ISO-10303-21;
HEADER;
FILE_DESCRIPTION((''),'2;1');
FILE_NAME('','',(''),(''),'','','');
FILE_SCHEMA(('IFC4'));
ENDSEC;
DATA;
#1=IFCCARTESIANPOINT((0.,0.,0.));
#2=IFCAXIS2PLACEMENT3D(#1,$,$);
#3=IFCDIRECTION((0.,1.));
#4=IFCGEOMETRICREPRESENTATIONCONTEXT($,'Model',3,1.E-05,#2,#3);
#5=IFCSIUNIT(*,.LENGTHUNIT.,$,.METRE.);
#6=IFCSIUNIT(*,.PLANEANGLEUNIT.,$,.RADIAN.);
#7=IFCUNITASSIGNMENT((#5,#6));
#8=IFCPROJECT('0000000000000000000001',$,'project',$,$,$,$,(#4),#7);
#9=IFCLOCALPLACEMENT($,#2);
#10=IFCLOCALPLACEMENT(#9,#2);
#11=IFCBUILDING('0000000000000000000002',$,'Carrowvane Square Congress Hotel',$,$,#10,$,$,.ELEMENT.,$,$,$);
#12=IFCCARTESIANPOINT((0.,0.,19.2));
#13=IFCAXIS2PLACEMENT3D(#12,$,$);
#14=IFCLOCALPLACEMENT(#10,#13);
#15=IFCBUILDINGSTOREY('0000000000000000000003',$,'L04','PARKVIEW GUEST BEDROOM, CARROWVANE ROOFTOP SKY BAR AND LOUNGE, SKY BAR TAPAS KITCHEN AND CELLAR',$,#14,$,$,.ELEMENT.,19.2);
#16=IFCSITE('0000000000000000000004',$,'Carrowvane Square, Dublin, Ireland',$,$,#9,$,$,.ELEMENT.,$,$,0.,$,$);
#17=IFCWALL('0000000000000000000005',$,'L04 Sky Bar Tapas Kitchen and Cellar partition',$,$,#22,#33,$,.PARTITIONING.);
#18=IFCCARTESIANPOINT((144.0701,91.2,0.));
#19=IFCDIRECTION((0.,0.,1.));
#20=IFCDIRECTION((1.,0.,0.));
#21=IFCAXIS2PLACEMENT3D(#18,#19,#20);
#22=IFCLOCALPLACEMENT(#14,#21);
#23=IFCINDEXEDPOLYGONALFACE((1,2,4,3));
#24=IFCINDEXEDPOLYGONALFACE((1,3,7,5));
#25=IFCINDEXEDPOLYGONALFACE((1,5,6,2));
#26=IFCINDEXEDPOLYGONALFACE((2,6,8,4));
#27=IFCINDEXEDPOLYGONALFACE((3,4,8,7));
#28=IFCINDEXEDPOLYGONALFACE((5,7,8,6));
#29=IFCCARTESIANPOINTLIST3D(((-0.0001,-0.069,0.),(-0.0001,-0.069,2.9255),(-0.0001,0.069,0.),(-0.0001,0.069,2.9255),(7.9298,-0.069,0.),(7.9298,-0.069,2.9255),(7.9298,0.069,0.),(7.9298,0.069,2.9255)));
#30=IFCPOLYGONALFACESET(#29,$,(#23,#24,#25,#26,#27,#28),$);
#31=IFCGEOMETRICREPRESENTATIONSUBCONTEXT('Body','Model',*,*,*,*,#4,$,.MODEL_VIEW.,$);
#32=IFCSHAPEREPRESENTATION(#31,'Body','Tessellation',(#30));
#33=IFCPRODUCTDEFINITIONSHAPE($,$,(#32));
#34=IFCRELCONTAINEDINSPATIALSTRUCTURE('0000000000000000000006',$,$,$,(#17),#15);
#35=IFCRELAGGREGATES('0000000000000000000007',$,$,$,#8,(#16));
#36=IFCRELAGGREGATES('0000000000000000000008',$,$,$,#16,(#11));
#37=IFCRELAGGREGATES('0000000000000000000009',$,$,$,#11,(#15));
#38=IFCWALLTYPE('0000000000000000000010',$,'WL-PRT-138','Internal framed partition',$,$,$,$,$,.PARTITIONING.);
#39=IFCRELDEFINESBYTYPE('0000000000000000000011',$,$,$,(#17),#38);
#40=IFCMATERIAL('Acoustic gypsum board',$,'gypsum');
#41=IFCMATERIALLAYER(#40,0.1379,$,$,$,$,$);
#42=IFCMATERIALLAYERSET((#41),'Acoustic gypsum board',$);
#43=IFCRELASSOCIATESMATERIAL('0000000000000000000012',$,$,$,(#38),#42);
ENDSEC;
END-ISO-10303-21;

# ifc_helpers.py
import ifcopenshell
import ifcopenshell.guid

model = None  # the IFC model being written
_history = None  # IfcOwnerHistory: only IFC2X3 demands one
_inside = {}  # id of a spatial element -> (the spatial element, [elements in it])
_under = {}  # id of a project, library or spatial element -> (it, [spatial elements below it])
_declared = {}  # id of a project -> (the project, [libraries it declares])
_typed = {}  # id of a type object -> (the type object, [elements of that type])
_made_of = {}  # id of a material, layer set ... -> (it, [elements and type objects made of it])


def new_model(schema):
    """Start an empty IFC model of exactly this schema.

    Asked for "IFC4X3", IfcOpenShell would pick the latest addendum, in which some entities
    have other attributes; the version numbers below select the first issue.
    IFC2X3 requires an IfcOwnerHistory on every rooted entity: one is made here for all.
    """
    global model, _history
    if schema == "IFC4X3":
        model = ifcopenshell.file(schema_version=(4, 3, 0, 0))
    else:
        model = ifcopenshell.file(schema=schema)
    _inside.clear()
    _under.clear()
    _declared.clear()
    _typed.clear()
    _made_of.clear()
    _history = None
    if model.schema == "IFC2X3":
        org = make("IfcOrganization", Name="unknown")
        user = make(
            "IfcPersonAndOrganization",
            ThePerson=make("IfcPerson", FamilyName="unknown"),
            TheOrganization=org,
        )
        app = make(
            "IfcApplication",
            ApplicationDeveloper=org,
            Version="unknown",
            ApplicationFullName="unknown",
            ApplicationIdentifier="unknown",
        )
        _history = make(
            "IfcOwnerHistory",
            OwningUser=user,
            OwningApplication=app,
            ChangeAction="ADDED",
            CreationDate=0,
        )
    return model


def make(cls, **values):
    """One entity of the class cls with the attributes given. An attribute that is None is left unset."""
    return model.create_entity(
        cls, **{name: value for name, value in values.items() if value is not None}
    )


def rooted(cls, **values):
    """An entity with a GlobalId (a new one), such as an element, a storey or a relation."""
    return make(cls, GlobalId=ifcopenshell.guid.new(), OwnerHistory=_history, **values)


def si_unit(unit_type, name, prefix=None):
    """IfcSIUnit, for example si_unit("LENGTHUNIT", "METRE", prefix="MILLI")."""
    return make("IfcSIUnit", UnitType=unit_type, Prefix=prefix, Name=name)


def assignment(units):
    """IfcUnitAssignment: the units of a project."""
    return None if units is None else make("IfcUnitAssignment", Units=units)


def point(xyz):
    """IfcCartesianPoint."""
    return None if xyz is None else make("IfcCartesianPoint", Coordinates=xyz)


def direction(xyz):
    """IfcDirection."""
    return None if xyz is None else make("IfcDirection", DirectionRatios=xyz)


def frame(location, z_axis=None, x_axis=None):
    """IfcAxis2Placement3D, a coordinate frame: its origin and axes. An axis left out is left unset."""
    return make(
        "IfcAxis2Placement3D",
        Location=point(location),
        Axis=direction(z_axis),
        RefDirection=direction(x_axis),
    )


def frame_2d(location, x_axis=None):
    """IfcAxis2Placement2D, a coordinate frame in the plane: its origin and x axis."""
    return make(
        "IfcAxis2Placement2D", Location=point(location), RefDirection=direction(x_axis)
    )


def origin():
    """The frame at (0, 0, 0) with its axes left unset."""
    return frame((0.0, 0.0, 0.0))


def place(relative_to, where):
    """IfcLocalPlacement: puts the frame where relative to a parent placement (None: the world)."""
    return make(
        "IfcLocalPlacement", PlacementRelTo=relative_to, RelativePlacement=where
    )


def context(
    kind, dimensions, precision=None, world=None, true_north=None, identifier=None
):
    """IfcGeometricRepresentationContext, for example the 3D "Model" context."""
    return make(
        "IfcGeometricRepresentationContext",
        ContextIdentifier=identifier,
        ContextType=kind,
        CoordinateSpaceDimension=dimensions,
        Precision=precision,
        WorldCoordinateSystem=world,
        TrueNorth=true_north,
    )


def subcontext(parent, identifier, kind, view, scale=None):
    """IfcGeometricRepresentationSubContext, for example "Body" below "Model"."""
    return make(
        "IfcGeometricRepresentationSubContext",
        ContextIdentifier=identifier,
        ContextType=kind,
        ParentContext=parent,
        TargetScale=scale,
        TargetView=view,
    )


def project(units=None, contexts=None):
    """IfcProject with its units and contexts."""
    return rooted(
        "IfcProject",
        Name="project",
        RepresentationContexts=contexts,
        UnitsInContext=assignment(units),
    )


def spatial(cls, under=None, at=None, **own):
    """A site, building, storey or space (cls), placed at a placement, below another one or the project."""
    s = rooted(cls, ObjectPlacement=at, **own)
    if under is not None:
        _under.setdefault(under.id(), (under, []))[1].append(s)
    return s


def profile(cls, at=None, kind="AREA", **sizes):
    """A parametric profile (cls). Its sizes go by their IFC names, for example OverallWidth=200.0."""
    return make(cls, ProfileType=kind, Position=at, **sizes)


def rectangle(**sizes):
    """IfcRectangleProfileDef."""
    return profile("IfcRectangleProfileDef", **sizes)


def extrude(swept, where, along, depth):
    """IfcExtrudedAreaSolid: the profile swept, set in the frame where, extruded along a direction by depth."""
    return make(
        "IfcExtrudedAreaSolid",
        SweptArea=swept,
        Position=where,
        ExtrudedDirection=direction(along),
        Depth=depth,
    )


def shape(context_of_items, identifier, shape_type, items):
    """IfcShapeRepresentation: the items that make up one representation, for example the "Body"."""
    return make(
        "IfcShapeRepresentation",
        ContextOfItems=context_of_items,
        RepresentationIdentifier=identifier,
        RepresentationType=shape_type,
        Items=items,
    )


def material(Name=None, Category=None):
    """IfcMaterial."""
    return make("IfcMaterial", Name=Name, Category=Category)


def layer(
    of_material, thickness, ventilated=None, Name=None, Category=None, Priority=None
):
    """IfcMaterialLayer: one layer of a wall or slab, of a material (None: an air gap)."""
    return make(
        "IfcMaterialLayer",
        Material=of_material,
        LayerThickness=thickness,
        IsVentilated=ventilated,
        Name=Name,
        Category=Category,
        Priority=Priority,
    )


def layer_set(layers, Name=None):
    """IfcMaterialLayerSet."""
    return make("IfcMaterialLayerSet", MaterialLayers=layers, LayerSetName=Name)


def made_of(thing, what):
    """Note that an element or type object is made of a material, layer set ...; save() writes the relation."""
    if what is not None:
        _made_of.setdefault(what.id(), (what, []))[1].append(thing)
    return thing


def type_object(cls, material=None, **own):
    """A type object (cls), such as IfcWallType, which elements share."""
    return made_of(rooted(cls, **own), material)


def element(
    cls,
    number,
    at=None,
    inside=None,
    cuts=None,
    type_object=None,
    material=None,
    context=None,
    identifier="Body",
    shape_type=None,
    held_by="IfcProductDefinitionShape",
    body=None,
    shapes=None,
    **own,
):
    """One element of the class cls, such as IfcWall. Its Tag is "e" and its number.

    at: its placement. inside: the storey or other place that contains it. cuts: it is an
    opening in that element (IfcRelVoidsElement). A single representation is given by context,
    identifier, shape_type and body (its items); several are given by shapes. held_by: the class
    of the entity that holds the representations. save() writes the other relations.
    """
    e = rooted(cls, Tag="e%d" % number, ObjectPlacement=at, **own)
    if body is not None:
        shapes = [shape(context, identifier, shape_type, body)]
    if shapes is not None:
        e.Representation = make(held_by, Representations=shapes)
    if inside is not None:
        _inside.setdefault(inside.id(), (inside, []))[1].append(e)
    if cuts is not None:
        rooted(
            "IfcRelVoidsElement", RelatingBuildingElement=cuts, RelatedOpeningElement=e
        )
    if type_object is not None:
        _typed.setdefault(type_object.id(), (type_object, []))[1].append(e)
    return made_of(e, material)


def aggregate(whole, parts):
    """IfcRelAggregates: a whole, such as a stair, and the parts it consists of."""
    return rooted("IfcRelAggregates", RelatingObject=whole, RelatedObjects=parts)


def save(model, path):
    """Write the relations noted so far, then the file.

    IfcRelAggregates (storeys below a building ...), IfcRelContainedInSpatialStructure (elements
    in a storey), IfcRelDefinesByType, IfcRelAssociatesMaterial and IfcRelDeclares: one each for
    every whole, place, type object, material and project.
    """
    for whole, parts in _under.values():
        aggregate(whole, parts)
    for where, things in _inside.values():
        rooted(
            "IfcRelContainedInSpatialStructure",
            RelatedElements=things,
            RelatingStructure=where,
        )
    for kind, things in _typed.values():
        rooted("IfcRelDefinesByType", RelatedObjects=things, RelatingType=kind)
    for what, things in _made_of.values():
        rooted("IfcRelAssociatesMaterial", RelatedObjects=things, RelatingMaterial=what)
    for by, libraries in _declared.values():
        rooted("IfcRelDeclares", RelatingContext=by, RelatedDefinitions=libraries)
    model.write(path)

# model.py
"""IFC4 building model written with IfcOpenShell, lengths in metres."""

from ifc_helpers import new_model, si_unit, direction, frame, frame_2d, origin, place, context, subcontext, project, spatial, rectangle, extrude, material, layer, layer_set, type_object, element, save


model = new_model("IFC4")

# Units and contexts
model_context = context("Model", 3, precision=1e-05, world=origin(), true_north=direction((0.0, 1.0)))
body_context = subcontext(model_context, "Body", "Model", "MODEL_VIEW")
ifc_project = project(units=[si_unit("LENGTHUNIT", "METRE"), si_unit("PLANEANGLEUNIT", "RADIAN")], contexts=[model_context])

# Site, building, storey
site_placement = place(None, origin())
site = spatial("IfcSite", under=ifc_project, at=site_placement, Name="Carrowvane Square, Dublin, Ireland", CompositionType="ELEMENT", RefElevation=0.0)
building_placement = place(site_placement, origin())
building = spatial("IfcBuilding", under=site, at=building_placement, Name="Carrowvane Square Congress Hotel", CompositionType="ELEMENT")
storey_placement = place(building_placement, frame((0.0, 0.0, 19.2)))
storey = spatial("IfcBuildingStorey", under=building, at=storey_placement, Name="L04", Description="PARKVIEW GUEST BEDROOM, CARROWVANE ROOFTOP SKY BAR AND LOUNGE, SKY BAR TAPAS KITCHEN AND CELLAR", CompositionType="ELEMENT", Elevation=19.2)

# Wall
ifc_material_1 = material(Name="Acoustic gypsum board", Category="gypsum")
ifc_layer_1 = layer(ifc_material_1, 0.1379)
ifc_layer_set_1 = layer_set([ifc_layer_1], Name="Acoustic gypsum board")
wall_type_1 = type_object("IfcWallType", Name="WL-PRT-138", Description="Internal framed partition", PredefinedType="PARTITIONING", material=ifc_layer_set_1)
wall_1_placement = place(storey_placement, frame((144.0701, 91.2, 0.0), z_axis=(0.0, 0.0, 1.0), x_axis=(1.0, 0.0, 0.0)))
element("IfcWall", 1, at=wall_1_placement, inside=storey, type_object=wall_type_1, Name="L04 Sky Bar Tapas Kitchen and Cellar partition", PredefinedType="PARTITIONING", context=body_context, shape_type="SweptSolid", body=[
    extrude(rectangle(XDim=7.9299, YDim=0.1379, at=frame_2d((3.9648, 0.0))), origin(), (0.0, 0.0, 1.0), 2.9255),
])

save(model, "model.ifc")
